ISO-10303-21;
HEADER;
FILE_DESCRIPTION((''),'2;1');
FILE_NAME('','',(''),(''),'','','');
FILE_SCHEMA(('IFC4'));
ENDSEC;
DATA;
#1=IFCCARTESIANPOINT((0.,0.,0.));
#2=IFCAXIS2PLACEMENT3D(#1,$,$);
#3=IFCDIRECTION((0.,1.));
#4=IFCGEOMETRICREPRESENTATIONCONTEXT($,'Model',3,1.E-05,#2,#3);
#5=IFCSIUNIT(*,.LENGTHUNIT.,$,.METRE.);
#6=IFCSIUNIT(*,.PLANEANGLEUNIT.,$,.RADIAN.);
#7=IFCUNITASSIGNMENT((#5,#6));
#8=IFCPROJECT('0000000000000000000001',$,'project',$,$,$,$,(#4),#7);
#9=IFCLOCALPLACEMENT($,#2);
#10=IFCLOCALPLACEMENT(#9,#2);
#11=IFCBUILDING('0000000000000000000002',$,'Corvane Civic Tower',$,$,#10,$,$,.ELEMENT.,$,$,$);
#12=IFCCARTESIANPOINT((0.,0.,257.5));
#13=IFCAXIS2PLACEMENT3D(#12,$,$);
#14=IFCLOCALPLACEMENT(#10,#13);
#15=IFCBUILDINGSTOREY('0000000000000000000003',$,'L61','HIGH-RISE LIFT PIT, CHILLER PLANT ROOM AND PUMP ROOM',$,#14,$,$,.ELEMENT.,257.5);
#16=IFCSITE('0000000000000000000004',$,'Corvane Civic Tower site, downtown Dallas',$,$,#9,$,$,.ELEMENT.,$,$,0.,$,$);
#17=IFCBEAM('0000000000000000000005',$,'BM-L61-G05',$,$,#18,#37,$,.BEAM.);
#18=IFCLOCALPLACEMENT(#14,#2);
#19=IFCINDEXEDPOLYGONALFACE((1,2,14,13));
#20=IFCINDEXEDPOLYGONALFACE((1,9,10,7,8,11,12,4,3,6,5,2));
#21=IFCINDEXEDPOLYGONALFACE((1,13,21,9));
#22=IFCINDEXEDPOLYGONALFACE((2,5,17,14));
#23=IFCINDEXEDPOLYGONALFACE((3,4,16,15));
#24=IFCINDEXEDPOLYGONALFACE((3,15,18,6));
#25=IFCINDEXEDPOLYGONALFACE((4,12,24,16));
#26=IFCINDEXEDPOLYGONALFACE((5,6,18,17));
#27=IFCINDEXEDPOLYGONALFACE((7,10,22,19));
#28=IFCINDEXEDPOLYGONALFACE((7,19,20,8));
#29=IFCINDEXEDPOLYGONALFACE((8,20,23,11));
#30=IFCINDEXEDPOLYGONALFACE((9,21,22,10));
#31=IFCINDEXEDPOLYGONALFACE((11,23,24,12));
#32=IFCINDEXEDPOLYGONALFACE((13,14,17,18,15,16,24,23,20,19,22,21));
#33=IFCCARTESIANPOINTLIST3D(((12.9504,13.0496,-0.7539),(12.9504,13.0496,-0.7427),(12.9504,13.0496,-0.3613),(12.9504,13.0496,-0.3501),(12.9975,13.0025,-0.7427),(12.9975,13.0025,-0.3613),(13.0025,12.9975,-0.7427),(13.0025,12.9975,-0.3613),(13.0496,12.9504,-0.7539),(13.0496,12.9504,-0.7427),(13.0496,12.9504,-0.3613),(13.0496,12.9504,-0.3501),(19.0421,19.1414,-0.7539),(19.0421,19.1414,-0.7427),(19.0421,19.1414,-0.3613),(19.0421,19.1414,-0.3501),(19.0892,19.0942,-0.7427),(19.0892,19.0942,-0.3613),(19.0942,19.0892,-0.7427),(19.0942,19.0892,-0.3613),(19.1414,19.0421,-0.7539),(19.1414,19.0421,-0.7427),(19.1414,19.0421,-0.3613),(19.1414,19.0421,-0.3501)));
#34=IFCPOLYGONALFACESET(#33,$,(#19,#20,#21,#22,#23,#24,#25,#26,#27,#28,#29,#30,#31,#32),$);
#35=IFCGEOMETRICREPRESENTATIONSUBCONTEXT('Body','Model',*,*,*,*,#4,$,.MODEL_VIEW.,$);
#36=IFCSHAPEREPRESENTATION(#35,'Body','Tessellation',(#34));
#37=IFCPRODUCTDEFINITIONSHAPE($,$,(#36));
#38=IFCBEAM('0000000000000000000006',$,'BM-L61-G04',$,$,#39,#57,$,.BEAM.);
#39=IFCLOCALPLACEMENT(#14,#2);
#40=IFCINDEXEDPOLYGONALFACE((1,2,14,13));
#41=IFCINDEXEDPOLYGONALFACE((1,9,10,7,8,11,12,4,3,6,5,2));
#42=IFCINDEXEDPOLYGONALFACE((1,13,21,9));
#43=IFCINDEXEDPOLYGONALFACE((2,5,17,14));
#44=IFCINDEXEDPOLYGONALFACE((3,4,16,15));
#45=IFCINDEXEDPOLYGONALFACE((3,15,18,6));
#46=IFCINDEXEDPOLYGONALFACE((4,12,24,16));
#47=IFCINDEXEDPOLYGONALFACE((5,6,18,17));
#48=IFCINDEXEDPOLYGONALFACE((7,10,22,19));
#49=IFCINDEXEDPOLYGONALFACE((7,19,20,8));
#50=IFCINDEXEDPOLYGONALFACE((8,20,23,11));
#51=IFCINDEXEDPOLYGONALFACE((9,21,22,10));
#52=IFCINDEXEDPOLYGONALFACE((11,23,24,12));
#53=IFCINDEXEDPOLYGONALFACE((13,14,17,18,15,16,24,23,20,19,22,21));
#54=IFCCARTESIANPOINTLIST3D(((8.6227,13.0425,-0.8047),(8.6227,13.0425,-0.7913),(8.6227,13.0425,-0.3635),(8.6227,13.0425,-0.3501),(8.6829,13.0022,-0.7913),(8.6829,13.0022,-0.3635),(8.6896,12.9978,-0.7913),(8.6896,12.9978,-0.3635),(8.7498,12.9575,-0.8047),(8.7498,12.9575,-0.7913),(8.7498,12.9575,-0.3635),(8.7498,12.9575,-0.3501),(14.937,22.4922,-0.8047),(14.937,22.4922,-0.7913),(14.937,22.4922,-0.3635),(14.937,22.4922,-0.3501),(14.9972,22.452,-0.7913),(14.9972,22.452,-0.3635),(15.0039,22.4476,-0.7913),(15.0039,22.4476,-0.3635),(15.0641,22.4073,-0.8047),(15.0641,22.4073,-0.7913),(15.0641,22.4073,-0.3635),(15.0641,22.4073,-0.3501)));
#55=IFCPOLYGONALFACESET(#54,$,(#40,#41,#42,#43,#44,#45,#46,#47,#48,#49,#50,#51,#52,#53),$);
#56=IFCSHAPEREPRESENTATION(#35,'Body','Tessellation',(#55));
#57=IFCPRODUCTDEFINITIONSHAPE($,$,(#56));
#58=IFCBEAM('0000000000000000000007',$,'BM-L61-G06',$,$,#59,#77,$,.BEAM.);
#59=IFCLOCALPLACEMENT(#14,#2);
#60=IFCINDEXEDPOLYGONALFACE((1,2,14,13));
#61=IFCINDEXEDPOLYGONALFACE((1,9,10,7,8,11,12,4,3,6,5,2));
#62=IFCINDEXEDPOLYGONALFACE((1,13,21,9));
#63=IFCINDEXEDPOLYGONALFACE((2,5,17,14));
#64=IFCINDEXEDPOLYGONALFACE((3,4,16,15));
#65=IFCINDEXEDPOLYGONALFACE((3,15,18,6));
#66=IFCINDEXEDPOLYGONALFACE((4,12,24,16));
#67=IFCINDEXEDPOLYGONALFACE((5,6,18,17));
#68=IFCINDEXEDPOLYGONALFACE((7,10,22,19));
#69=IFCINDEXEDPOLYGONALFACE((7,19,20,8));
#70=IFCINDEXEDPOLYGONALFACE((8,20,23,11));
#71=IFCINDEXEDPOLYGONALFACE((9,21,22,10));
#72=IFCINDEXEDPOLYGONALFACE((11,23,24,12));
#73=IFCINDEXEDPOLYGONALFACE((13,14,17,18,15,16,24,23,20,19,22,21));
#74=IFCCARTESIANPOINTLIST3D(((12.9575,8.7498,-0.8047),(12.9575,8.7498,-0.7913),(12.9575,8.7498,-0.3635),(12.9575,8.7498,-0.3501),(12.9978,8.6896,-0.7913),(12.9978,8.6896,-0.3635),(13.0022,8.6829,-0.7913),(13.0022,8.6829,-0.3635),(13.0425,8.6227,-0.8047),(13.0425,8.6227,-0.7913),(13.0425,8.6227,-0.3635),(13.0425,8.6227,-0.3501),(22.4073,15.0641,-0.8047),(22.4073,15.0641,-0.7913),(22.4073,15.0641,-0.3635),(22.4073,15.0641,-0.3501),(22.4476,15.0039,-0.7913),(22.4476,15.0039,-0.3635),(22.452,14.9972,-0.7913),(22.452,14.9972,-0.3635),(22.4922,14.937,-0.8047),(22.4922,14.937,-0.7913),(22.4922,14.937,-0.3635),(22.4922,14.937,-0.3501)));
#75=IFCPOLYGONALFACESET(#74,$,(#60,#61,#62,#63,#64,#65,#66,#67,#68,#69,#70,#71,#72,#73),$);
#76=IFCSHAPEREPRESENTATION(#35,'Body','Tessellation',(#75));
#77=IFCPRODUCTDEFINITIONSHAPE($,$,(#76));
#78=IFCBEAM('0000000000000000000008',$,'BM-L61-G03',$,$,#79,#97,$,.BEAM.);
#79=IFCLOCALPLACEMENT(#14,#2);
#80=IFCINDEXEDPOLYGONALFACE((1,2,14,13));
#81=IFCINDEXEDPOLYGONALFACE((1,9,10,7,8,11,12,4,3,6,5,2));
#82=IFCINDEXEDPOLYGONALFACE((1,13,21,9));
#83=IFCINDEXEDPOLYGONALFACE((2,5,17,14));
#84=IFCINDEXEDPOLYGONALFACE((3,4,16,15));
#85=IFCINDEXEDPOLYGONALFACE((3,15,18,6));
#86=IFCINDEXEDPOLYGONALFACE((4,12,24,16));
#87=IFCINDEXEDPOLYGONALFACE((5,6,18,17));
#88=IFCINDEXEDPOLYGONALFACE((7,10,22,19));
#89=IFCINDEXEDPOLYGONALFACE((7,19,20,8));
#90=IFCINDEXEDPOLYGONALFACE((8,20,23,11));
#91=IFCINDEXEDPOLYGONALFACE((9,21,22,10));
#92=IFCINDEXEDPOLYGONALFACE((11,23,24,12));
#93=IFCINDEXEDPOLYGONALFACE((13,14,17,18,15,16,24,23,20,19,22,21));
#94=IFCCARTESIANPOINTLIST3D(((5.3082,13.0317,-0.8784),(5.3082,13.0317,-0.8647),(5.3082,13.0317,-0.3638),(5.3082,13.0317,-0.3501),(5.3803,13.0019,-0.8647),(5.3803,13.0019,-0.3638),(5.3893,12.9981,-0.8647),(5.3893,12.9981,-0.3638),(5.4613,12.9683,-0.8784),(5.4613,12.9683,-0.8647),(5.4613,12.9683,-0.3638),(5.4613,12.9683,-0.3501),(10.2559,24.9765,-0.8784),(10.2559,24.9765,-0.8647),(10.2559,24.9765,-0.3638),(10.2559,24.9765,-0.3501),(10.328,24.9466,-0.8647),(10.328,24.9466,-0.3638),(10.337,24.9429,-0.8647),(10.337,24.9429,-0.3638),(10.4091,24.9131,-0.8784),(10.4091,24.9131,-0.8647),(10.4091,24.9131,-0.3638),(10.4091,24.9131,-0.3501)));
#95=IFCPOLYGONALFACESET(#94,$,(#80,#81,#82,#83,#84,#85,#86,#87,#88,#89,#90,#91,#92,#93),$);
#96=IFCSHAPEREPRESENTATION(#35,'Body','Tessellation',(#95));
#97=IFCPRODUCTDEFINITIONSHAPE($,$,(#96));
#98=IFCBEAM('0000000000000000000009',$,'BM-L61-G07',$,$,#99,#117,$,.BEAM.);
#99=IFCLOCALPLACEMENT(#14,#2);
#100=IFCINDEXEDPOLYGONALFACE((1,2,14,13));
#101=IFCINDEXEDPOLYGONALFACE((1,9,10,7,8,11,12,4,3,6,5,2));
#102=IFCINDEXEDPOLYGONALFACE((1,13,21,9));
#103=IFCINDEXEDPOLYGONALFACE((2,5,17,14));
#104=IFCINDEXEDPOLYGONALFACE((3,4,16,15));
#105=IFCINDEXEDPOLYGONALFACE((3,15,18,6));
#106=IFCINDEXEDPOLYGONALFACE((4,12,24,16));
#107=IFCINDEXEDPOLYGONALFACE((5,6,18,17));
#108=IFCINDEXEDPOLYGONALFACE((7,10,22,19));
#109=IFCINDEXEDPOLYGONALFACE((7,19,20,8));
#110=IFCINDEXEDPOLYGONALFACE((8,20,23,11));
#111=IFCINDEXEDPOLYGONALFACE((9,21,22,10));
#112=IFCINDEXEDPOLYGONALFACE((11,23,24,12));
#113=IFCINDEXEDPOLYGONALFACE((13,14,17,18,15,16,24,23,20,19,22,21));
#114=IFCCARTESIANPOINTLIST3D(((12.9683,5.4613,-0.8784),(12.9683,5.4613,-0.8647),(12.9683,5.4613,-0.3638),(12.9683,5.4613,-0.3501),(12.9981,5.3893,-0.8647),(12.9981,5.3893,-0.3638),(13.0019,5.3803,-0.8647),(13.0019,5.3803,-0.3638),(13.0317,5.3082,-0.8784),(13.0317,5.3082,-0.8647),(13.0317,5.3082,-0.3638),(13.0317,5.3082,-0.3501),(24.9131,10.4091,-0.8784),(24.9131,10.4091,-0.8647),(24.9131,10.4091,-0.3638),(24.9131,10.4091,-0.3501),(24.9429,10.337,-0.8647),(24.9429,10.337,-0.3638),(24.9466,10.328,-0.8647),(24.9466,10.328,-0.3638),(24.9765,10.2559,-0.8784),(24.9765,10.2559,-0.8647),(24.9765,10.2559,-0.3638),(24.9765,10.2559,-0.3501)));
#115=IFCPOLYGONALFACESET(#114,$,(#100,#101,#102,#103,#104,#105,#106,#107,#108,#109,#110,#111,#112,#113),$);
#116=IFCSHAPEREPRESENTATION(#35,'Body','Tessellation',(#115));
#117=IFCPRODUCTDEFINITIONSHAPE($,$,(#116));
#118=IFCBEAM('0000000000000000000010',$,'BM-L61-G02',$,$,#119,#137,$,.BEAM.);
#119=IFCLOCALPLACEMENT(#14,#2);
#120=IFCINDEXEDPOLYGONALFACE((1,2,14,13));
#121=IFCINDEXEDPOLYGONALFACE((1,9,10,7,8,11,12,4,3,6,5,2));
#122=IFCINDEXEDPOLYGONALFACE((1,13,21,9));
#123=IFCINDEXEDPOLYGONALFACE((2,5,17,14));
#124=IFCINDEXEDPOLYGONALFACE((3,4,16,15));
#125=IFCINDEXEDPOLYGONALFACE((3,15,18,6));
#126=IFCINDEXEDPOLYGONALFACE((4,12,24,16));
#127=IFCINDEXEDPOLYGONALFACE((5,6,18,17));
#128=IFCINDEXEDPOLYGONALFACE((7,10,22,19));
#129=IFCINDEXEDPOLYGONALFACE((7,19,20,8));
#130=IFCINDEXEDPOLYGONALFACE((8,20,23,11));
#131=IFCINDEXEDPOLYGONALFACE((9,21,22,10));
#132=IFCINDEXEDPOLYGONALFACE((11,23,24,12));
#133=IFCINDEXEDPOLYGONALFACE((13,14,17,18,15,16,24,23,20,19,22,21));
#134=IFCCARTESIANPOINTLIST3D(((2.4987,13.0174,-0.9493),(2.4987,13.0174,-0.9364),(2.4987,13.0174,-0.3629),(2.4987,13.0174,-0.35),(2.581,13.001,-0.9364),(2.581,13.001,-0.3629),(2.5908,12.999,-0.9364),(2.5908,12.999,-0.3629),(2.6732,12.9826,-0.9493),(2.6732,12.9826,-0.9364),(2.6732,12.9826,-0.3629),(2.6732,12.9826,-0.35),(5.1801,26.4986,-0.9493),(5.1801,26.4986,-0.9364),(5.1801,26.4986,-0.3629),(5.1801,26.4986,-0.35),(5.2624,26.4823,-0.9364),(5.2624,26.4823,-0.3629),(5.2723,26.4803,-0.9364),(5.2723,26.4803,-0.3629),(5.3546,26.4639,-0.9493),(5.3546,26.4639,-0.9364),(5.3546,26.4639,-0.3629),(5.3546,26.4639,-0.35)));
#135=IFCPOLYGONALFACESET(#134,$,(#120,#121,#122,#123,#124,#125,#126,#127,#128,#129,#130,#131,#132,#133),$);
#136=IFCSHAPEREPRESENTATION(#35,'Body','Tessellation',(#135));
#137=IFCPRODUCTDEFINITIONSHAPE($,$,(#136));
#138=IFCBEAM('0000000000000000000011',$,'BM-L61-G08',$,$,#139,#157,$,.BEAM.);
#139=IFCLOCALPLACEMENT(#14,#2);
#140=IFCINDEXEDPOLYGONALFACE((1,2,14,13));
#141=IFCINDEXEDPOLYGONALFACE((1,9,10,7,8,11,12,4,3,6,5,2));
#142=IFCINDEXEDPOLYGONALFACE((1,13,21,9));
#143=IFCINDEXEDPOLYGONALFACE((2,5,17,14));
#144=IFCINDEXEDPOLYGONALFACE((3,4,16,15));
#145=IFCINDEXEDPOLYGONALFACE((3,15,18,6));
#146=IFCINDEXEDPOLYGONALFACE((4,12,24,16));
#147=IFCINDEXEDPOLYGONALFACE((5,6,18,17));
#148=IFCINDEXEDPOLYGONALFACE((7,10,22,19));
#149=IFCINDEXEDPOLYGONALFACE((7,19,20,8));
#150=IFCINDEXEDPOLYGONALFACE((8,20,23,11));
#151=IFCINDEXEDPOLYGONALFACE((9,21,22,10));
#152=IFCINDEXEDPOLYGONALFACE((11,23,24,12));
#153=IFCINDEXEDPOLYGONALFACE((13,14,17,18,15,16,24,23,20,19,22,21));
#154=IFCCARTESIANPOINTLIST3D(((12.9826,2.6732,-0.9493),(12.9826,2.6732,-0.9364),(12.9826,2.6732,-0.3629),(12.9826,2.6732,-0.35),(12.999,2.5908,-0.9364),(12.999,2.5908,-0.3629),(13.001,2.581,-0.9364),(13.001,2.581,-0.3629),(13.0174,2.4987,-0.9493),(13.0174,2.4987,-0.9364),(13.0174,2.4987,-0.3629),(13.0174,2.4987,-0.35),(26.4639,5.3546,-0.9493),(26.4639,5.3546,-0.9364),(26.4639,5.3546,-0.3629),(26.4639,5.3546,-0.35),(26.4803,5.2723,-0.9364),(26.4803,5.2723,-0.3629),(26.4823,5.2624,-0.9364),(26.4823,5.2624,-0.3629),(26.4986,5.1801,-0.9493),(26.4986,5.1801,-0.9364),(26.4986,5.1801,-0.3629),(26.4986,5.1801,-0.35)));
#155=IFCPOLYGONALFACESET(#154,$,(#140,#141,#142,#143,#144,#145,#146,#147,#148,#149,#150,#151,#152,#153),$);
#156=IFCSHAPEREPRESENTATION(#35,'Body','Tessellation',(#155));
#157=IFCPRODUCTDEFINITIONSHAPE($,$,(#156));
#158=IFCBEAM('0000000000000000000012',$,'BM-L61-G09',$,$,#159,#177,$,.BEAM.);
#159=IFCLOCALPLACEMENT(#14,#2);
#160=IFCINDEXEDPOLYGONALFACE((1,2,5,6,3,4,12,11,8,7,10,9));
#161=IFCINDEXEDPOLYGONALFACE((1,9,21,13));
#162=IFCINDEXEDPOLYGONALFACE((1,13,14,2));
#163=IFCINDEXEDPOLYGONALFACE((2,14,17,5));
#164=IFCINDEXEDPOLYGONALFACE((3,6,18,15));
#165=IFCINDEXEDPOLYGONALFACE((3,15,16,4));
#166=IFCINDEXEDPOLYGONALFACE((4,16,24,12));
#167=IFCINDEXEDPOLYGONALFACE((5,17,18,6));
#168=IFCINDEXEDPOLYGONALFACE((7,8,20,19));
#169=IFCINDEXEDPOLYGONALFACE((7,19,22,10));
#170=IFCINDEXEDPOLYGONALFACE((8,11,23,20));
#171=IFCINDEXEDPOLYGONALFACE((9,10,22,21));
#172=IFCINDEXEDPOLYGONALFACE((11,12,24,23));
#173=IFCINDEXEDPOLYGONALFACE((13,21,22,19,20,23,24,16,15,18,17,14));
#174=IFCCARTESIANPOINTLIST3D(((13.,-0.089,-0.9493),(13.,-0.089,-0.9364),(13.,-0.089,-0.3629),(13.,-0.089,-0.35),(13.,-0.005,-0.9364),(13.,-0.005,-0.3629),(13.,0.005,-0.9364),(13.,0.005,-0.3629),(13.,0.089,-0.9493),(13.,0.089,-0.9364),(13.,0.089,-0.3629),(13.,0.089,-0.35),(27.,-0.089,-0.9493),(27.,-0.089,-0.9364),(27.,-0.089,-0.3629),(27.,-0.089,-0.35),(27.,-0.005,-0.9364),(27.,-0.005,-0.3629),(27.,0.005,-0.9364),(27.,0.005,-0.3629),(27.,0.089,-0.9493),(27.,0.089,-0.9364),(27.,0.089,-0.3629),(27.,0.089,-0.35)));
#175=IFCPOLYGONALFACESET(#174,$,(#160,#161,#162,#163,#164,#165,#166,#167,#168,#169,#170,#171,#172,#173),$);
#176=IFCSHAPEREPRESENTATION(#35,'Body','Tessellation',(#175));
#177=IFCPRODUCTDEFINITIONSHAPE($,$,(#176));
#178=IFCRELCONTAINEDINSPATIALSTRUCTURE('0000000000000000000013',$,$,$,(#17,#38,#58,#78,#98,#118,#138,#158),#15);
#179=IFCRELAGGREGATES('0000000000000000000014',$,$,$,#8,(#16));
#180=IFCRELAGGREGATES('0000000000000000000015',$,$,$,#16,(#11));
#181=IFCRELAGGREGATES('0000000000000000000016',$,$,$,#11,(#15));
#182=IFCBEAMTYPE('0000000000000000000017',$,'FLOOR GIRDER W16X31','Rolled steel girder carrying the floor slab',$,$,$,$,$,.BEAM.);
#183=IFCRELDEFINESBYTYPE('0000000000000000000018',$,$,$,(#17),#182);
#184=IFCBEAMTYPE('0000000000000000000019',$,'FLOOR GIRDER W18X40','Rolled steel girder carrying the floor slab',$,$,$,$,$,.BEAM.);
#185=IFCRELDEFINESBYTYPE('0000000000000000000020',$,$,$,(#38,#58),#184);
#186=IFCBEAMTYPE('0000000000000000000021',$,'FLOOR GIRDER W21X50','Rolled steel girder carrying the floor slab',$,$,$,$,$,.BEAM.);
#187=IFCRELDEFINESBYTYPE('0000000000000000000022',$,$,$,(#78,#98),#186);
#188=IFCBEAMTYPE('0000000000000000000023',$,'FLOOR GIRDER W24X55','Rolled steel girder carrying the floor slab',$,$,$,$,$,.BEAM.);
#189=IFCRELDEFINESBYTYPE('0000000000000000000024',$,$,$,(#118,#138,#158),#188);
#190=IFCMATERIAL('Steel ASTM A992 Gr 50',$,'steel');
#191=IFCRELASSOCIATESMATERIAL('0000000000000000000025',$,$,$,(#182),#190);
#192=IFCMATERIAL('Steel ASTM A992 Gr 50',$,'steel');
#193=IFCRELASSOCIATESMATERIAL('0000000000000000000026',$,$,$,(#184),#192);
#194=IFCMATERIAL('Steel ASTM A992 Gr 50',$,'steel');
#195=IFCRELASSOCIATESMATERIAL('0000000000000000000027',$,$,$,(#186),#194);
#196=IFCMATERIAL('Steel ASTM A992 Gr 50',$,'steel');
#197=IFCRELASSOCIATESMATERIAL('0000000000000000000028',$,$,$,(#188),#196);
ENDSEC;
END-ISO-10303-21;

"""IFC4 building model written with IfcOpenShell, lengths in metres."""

from ifc_helpers import new_model, si_unit, direction, frame, origin, origin_2d, place, context, subcontext, project, spatial, i_section, extrude, material, material_profile, profile_set, type_object, element, save


model = new_model("IFC4")

# Units and contexts
model_context = context("Model", 3, precision=1e-05, world=origin(), true_north=direction((0.0, 1.0)))
body_context = subcontext(model_context, "Body", "Model", "MODEL_VIEW")
ifc_project = project(units=[si_unit("LENGTHUNIT", "METRE"), si_unit("PLANEANGLEUNIT", "RADIAN")], contexts=[model_context])

# Site, building, storey
site_placement = place(None, origin())
site = spatial("IfcSite", under=ifc_project, at=site_placement, Name="Corvane Civic Tower site, downtown Dallas", CompositionType="ELEMENT", RefElevation=0.0)
building_placement = place(site_placement, origin())
building = spatial("IfcBuilding", under=site, at=building_placement, Name="Corvane Civic Tower", CompositionType="ELEMENT")
storey_placement = place(building_placement, frame((0.0, 0.0, 257.5)))
storey = spatial("IfcBuildingStorey", under=building, at=storey_placement, Name="L61", Description="HIGH-RISE LIFT PIT, CHILLER PLANT ROOM AND PUMP ROOM", CompositionType="ELEMENT", Elevation=257.5)

# Beams
ifc_material_1 = material(Name="Steel ASTM A992 Gr 50", Category="steel")
ifc_material_profile_1 = material_profile(ifc_material_1, i_section(OverallWidth=0.1404, OverallDepth=0.4038, WebThickness=0.0071, FlangeThickness=0.0112, at=origin_2d()), Name="W16X31")
ifc_profile_set_1 = profile_set([ifc_material_profile_1], Name="Steel ASTM A992 Gr 50")
beam_type_1 = type_object("IfcBeamType", Name="FLOOR GIRDER W16X31", Description="Rolled steel girder carrying the floor slab", PredefinedType="BEAM", material=ifc_profile_set_1)
beam_1_placement = place(storey_placement, frame((13.0, 13.0, -0.552), z_axis=(0.707107, 0.707107, 0.0), x_axis=(-0.707107, 0.707107, 0.0)))
element("IfcBeam", 1, at=beam_1_placement, inside=storey, type_object=beam_type_1, Name="BM-L61-G05", PredefinedType="BEAM", context=body_context, shape_type="SweptSolid", body=[
    extrude(i_section(OverallWidth=0.1404, OverallDepth=0.4038, WebThickness=0.0071, FlangeThickness=0.0112, at=origin_2d()), origin(), (0.0, 0.0, 1.0), 8.615),
])
ifc_material_2 = material(Name="Steel ASTM A992 Gr 50", Category="steel")
ifc_material_profile_2 = material_profile(ifc_material_2, i_section(OverallWidth=0.1528, OverallDepth=0.4546, WebThickness=0.0081, FlangeThickness=0.0134, at=origin_2d()), Name="W18X40")
ifc_profile_set_2 = profile_set([ifc_material_profile_2], Name="Steel ASTM A992 Gr 50")
beam_type_2 = type_object("IfcBeamType", Name="FLOOR GIRDER W18X40", Description="Rolled steel girder carrying the floor slab", PredefinedType="BEAM", material=ifc_profile_set_2)
for number, where, z_axis, x_axis, name in (
    (2, (8.6863, 13.0, -0.5774), (0.555577, 0.831465, 0.0), (-0.831465, 0.555577, 0.0), "BM-L61-G04"),
    (3, (13.0, 8.6863, -0.5774), (0.831465, 0.555577, 0.0), (-0.555577, 0.831465, 0.0), "BM-L61-G06"),
):
    element("IfcBeam", number, at=place(storey_placement, frame(where, z_axis=z_axis, x_axis=x_axis)), inside=storey, type_object=beam_type_2, Name=name, PredefinedType="BEAM", context=body_context, shape_type="SweptSolid", body=[
        extrude(i_section(OverallWidth=0.1528, OverallDepth=0.4546, WebThickness=0.0081, FlangeThickness=0.0134, at=origin_2d()), origin(), (0.0, 0.0, 1.0), 11.3652),
    ])
ifc_material_3 = material(Name="Steel ASTM A992 Gr 50", Category="steel")
ifc_material_profile_3 = material_profile(ifc_material_3, i_section(OverallWidth=0.1658, OverallDepth=0.5283, WebThickness=0.0098, FlangeThickness=0.0137, at=origin_2d()), Name="W21X50")
ifc_profile_set_3 = profile_set([ifc_material_profile_3], Name="Steel ASTM A992 Gr 50")
beam_type_3 = type_object("IfcBeamType", Name="FLOOR GIRDER W21X50", Description="Rolled steel girder carrying the floor slab", PredefinedType="BEAM", material=ifc_profile_set_3)
for number, where, z_axis, x_axis, name in (
    (4, (5.3848, 13.0, -0.6143), (0.382686, 0.923878, 0.0), (-0.923878, 0.382686, 0.0), "BM-L61-G03"),
    (5, (13.0, 5.3848, -0.6143), (0.923878, 0.382686, 0.0), (-0.382686, 0.923878, 0.0), "BM-L61-G07"),
):
    element("IfcBeam", number, at=place(storey_placement, frame(where, z_axis=z_axis, x_axis=x_axis)), inside=storey, type_object=beam_type_3, Name=name, PredefinedType="BEAM", context=body_context, shape_type="SweptSolid", body=[
        extrude(i_section(OverallWidth=0.1658, OverallDepth=0.5283, WebThickness=0.0098, FlangeThickness=0.0137, at=origin_2d()), origin(), (0.0, 0.0, 1.0), 12.929),
    ])
ifc_material_4 = material(Name="Steel ASTM A992 Gr 50", Category="steel")
ifc_material_profile_4 = material_profile(ifc_material_4, i_section(OverallWidth=0.178, OverallDepth=0.5994, WebThickness=0.01, FlangeThickness=0.0129, at=origin_2d()), Name="W24X55")
ifc_profile_set_4 = profile_set([ifc_material_profile_4], Name="Steel ASTM A992 Gr 50")
beam_type_4 = type_object("IfcBeamType", Name="FLOOR GIRDER W24X55", Description="Rolled steel girder carrying the floor slab", PredefinedType="BEAM", material=ifc_profile_set_4)
for number, where, z_axis, x_axis, name in (
    (6, (2.5859, 13.0, -0.6497), (0.195078, 0.980788, 0.0), (-0.980788, 0.195078, 0.0), "BM-L61-G02"),
    (7, (13.0, 2.5859, -0.6497), (0.980788, 0.195078, 0.0), (-0.195078, 0.980788, 0.0), "BM-L61-G08"),
):
    element("IfcBeam", number, at=place(storey_placement, frame(where, z_axis=z_axis, x_axis=x_axis)), inside=storey, type_object=beam_type_4, Name=name, PredefinedType="BEAM", context=body_context, shape_type="SweptSolid", body=[
        extrude(i_section(OverallWidth=0.178, OverallDepth=0.5994, WebThickness=0.01, FlangeThickness=0.0129, at=origin_2d()), origin(), (0.0, 0.0, 1.0), 13.7454),
    ])
beam_2_placement = place(storey_placement, frame((13.0, 0.0, -0.6497), z_axis=(1.0, 0.0, 0.0), x_axis=(0.0, 1.0, 0.0)))
element("IfcBeam", 8, at=beam_2_placement, inside=storey, type_object=beam_type_4, Name="BM-L61-G09", PredefinedType="BEAM", context=body_context, shape_type="SweptSolid", body=[
    extrude(i_section(OverallWidth=0.178, OverallDepth=0.5994, WebThickness=0.01, FlangeThickness=0.0129, at=origin_2d()), origin(), (0.0, 0.0, 1.0), 14.0),
])

save(model, "model.ifc")
